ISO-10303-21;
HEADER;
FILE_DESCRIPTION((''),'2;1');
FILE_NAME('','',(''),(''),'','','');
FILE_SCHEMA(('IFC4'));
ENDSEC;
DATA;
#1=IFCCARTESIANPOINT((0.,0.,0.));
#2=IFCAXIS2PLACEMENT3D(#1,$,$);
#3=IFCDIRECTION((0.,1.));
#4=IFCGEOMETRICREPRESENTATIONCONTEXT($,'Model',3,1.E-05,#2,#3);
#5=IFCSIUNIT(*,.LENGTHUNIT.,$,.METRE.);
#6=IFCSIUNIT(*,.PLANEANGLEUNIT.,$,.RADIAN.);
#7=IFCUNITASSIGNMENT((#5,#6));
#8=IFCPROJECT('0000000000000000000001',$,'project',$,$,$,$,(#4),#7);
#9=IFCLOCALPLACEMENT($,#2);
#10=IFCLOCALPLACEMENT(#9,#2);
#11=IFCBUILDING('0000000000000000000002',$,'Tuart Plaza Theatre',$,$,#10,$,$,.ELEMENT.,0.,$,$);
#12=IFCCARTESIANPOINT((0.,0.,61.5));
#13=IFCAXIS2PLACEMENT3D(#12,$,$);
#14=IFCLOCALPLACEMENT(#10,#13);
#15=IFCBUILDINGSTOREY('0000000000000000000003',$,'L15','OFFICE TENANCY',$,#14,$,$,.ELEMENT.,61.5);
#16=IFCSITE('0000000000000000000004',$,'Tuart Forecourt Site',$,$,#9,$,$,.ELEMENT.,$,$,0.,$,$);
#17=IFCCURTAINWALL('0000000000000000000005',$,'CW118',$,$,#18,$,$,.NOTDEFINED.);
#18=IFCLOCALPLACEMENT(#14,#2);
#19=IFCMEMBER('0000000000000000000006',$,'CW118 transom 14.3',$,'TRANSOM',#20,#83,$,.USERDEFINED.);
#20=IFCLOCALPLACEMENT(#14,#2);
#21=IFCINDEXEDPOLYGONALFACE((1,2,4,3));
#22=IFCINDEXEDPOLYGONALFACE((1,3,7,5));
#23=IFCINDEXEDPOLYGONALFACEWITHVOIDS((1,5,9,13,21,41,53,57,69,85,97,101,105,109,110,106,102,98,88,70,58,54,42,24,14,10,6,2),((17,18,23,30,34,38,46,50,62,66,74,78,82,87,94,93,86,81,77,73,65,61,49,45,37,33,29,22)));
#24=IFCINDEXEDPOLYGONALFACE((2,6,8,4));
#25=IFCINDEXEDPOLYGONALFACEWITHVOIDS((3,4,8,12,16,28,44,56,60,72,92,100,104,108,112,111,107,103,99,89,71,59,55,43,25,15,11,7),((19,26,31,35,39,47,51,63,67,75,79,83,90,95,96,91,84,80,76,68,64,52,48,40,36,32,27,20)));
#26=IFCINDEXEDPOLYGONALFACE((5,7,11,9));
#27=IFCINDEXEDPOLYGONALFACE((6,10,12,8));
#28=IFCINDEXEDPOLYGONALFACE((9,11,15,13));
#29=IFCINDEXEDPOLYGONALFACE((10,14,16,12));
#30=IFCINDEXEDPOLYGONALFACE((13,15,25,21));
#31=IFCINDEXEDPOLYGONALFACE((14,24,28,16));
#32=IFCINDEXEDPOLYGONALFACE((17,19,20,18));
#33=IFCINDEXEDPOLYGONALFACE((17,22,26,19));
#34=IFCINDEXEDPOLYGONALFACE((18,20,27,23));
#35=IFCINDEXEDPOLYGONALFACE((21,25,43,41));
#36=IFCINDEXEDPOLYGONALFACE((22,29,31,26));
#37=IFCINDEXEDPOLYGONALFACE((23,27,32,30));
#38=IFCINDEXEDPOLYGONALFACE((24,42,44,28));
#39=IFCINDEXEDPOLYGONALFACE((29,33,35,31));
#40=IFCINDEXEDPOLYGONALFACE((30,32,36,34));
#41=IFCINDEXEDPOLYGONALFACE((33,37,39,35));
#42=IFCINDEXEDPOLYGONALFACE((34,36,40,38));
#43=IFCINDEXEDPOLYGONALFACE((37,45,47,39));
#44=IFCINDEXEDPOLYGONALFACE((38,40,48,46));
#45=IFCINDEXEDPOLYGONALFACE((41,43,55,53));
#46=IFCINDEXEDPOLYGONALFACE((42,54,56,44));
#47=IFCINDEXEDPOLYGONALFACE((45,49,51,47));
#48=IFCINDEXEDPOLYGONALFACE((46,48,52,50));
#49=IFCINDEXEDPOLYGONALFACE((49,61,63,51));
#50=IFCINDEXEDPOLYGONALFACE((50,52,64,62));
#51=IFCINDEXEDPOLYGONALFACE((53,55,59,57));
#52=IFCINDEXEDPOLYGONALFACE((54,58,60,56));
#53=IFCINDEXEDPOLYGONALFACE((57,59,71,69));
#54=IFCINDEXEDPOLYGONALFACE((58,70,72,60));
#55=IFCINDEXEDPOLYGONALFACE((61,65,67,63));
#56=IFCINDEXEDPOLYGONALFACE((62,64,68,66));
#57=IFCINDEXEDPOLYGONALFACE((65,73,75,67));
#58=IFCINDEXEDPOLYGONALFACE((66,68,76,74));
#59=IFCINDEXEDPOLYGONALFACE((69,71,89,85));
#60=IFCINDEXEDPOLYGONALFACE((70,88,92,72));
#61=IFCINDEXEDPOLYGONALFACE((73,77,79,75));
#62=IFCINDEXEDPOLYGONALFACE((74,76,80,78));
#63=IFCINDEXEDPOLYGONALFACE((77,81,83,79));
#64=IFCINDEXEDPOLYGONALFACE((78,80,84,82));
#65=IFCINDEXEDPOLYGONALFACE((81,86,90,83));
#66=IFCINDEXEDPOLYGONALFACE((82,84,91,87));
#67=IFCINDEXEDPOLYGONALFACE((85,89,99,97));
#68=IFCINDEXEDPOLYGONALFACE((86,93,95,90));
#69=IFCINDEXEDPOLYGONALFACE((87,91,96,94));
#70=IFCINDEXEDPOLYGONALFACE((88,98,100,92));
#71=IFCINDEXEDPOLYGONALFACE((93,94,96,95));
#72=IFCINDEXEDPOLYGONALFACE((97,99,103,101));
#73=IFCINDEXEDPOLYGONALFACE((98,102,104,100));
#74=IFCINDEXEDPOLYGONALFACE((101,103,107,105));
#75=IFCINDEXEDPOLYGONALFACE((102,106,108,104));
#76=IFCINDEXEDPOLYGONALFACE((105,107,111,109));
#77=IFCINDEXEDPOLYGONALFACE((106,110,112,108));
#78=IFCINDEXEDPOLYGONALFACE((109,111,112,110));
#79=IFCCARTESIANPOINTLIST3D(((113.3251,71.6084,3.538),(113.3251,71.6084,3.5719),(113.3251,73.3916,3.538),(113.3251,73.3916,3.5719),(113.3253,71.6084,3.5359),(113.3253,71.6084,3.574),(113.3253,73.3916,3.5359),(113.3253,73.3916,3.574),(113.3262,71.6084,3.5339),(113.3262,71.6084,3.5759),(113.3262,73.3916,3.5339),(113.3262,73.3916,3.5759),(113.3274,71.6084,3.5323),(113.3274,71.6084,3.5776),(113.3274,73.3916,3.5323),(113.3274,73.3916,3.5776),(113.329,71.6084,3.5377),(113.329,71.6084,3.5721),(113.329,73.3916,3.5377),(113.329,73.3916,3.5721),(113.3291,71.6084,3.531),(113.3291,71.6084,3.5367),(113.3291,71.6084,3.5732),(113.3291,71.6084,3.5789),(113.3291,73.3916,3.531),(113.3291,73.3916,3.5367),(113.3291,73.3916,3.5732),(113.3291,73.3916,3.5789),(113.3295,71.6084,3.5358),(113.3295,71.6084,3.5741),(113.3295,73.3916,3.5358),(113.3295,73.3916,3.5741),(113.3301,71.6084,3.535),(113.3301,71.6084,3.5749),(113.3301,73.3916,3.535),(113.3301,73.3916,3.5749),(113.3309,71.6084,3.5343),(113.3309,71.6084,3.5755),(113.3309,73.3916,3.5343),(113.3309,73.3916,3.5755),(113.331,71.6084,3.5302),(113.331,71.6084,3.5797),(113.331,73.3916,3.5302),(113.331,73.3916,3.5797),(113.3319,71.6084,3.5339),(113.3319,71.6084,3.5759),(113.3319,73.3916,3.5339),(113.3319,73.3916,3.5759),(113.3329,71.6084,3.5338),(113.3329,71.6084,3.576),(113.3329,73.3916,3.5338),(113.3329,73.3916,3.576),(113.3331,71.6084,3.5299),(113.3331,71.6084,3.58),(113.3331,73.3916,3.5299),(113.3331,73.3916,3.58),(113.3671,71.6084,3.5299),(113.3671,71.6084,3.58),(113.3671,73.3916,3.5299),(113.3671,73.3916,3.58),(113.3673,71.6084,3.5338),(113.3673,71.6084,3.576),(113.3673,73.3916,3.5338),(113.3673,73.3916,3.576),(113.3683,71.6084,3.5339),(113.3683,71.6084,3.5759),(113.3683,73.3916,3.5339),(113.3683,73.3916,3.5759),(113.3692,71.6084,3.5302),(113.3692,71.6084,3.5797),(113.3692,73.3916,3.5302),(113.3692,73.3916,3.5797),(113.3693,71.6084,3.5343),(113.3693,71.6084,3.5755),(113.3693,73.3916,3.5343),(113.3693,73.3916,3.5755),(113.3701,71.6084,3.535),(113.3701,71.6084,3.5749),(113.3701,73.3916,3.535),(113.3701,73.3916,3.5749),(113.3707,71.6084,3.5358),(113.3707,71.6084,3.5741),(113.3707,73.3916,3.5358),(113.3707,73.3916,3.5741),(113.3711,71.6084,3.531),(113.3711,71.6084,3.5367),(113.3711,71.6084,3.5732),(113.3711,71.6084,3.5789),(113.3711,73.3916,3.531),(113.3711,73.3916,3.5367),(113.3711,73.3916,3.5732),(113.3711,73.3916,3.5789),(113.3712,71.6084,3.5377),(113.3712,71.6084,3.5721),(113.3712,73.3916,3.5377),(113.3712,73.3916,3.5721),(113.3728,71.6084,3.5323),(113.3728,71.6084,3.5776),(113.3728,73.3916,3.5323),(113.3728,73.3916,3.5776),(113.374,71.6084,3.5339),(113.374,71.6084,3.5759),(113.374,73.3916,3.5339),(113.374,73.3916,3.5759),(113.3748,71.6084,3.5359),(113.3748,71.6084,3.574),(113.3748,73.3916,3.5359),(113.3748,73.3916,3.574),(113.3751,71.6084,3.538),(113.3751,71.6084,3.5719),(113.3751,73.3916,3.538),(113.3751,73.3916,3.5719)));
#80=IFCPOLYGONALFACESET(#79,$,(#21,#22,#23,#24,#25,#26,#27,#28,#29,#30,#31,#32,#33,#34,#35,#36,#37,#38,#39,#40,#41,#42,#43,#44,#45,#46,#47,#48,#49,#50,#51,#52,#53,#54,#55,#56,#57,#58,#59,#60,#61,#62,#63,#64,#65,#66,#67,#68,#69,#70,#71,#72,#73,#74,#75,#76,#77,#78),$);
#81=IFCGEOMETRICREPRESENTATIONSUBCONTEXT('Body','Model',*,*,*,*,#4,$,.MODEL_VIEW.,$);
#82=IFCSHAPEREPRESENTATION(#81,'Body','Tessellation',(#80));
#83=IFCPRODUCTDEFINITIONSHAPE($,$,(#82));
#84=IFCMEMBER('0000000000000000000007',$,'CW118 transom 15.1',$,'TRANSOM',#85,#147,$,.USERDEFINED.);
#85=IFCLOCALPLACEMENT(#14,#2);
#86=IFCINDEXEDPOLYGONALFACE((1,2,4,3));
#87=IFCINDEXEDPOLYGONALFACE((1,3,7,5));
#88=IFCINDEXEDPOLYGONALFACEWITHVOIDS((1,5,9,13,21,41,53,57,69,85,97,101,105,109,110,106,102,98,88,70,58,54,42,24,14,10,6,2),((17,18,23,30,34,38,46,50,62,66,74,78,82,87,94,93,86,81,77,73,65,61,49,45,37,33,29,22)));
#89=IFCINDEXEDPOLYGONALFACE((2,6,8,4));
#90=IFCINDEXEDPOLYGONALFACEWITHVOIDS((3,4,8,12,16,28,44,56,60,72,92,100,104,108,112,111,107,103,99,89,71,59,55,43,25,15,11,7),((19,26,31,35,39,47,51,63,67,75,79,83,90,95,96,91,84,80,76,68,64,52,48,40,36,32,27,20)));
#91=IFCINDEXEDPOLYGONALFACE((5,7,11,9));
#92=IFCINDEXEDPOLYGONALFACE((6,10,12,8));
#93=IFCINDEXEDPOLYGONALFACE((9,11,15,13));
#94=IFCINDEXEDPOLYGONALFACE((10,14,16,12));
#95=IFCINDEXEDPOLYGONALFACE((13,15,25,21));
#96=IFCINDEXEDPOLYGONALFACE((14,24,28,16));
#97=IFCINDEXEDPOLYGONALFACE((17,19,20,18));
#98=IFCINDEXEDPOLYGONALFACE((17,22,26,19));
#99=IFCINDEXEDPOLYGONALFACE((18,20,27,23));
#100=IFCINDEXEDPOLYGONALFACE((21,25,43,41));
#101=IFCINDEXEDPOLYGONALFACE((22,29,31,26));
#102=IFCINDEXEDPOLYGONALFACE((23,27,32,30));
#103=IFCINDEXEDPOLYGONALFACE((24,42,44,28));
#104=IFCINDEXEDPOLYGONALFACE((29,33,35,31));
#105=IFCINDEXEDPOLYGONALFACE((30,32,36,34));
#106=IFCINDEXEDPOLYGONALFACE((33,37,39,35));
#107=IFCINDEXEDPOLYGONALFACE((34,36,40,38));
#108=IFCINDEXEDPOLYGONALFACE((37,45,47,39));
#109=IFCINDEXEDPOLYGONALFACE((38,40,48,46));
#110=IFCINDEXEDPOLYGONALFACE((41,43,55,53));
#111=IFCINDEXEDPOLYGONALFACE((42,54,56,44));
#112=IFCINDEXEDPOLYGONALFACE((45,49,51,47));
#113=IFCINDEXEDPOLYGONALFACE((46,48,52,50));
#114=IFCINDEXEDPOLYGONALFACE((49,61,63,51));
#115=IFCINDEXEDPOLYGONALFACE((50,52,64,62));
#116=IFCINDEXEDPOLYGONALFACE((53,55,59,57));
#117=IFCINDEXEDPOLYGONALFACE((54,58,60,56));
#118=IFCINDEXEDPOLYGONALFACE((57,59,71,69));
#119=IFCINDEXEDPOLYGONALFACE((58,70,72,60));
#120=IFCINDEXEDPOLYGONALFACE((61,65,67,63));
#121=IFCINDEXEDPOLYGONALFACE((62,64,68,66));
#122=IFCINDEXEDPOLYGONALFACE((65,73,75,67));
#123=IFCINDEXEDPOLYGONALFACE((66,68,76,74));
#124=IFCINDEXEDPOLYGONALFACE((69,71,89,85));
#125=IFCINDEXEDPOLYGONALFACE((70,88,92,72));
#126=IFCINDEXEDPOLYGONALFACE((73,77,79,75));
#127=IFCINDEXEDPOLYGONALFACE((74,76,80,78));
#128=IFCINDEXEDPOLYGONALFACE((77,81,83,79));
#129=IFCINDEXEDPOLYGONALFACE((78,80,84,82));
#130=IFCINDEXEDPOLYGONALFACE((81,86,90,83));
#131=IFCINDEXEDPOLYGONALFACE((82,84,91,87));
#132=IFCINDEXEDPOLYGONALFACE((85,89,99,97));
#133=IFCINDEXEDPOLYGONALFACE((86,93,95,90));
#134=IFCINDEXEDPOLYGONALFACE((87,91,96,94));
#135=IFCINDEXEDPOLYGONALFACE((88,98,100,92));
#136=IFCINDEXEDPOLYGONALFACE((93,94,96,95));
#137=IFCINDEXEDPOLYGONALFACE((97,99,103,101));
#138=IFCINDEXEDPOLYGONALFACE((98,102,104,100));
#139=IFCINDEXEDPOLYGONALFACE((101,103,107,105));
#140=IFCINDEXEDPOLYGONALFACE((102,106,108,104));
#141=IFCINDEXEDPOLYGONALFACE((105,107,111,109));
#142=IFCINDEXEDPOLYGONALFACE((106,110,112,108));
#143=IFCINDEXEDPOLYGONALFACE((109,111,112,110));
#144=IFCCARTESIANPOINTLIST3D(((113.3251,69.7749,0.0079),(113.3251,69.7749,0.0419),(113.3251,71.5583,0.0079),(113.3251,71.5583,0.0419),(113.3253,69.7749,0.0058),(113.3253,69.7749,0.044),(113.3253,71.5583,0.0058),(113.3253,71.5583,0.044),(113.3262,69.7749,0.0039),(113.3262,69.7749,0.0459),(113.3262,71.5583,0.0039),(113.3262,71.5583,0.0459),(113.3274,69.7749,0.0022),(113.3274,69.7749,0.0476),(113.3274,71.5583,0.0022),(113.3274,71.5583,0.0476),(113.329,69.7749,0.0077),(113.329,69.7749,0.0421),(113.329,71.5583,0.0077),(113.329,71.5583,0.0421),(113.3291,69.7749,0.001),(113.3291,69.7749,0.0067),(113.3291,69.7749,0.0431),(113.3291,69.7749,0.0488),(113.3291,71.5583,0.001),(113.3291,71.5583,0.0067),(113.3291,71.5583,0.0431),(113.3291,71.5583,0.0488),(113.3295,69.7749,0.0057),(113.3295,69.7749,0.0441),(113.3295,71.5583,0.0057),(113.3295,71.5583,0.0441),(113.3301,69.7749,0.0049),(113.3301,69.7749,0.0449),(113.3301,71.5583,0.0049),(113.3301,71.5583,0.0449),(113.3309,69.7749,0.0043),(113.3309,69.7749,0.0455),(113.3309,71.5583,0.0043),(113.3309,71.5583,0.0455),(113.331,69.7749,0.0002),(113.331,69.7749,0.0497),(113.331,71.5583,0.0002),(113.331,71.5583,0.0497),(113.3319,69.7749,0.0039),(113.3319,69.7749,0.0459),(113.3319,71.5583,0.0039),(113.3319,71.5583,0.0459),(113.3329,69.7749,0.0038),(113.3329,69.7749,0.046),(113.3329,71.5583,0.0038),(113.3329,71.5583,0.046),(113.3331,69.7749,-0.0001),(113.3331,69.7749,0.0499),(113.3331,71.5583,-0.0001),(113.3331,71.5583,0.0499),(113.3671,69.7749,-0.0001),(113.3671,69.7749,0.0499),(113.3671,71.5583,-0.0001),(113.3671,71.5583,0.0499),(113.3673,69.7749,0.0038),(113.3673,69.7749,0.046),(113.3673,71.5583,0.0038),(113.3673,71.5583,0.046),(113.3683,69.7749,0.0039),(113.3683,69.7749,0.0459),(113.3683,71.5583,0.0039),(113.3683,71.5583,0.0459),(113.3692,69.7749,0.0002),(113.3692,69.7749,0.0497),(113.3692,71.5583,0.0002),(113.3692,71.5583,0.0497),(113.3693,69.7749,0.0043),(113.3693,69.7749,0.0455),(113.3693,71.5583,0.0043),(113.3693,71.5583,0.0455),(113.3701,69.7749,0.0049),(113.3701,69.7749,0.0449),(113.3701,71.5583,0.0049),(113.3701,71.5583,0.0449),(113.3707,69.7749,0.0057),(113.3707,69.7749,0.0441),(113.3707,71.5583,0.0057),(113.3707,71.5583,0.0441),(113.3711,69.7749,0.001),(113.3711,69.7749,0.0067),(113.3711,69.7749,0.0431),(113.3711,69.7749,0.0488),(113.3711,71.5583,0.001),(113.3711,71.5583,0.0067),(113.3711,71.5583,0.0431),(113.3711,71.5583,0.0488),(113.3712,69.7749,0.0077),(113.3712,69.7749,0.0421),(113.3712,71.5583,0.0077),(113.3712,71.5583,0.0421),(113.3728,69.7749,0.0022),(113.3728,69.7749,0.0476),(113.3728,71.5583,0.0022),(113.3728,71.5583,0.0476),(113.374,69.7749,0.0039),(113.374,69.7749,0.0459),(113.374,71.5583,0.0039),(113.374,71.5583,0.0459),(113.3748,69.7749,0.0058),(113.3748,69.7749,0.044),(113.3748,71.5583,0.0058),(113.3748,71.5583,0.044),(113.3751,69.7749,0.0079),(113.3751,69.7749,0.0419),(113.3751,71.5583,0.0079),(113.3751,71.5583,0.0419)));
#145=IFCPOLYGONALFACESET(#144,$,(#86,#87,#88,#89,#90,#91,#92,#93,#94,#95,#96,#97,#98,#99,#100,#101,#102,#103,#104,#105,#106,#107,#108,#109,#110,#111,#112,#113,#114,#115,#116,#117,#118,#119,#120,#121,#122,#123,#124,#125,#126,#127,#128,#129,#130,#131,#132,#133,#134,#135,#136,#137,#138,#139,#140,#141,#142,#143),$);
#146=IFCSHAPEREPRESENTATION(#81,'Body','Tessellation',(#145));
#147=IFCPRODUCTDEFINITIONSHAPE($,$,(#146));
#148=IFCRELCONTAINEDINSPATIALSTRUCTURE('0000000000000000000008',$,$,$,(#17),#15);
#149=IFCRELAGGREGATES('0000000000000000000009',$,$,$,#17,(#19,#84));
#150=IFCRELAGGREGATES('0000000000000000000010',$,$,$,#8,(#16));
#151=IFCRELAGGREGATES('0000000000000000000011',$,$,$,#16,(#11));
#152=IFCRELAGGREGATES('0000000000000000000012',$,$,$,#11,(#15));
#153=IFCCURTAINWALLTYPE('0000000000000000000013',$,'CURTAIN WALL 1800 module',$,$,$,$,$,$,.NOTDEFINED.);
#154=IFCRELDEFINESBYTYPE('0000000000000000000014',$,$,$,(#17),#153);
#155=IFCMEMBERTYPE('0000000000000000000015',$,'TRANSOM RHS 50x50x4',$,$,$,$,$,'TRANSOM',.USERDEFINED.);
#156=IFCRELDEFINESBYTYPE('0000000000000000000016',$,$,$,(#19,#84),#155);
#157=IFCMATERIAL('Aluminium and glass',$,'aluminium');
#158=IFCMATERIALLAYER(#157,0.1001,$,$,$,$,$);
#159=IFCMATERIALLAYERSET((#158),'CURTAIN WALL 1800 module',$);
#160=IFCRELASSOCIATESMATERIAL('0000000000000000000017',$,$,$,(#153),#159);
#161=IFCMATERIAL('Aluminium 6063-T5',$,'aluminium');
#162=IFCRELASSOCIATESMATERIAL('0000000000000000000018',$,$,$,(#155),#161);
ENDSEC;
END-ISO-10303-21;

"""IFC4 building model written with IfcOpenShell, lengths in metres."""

from ifc_helpers import new_model, si_unit, direction, frame, origin, origin_2d, place, context, subcontext, project, spatial, hollow_rectangle, extrude, material, layer, layer_set, material_profile, profile_set, type_object, element, aggregate, save


model = new_model("IFC4")

# Units and contexts
model_context = context("Model", 3, precision=1e-05, world=origin(), true_north=direction((0.0, 1.0)))
body_context = subcontext(model_context, "Body", "Model", "MODEL_VIEW")
ifc_project = project(units=[si_unit("LENGTHUNIT", "METRE"), si_unit("PLANEANGLEUNIT", "RADIAN")], contexts=[model_context])

# Site, building, storey
site_placement = place(None, origin())
site = spatial("IfcSite", under=ifc_project, at=site_placement, Name="Tuart Forecourt Site", CompositionType="ELEMENT", RefElevation=0.0)
building_placement = place(site_placement, origin())
building = spatial("IfcBuilding", under=site, at=building_placement, Name="Tuart Plaza Theatre", CompositionType="ELEMENT", ElevationOfRefHeight=0.0)
storey_placement = place(building_placement, frame((0.0, 0.0, 61.5)))
storey = spatial("IfcBuildingStorey", under=building, at=storey_placement, Name="L15", Description="OFFICE TENANCY", CompositionType="ELEMENT", Elevation=61.5)

# Curtain wall, members
ifc_material_1 = material(Name="Aluminium and glass", Category="aluminium")
ifc_layer_1 = layer(ifc_material_1, 0.1001)
ifc_layer_set_1 = layer_set([ifc_layer_1], Name="CURTAIN WALL 1800 module")
curtain_wall_type = type_object("IfcCurtainWallType", Name="CURTAIN WALL 1800 module", PredefinedType="NOTDEFINED", material=ifc_layer_set_1)
curtain_wall_placement = place(storey_placement, origin())
curtain_wall = element("IfcCurtainWall", 1, at=curtain_wall_placement, inside=storey, type_object=curtain_wall_type, Name="CW118", PredefinedType="NOTDEFINED")
ifc_material_2 = material(Name="Aluminium 6063-T5", Category="aluminium")
ifc_material_profile = material_profile(ifc_material_2, hollow_rectangle(XDim=0.05, YDim=0.05, WallThickness=0.0039, InnerFilletRadius=0.0039, OuterFilletRadius=0.0081, at=origin_2d()), Name="RHS 50x50x4")
ifc_profile_set = profile_set([ifc_material_profile], Name="Aluminium 6063-T5")
member_type = type_object("IfcMemberType", Name="TRANSOM RHS 50x50x4", ElementType="TRANSOM", PredefinedType="USERDEFINED", material=ifc_profile_set)
member_1_placement = place(storey_placement, frame((113.3501, 73.3916, 3.5549), z_axis=(0.0, -1.0, 0.0), x_axis=(1.0, 0.0, 0.0)))
member_1 = element("IfcMember", 2, at=member_1_placement, type_object=member_type, Name="CW118 transom 14.3", ObjectType="TRANSOM", PredefinedType="USERDEFINED", context=body_context, shape_type="SweptSolid", body=[
    extrude(hollow_rectangle(XDim=0.05, YDim=0.05, WallThickness=0.0039, InnerFilletRadius=0.0039, OuterFilletRadius=0.0081, at=origin_2d()), origin(), (0.0, 0.0, 1.0), 1.7832),
])
member_2_placement = place(storey_placement, frame((113.3501, 71.5583, 0.0249), z_axis=(0.0, -1.0, 0.0), x_axis=(1.0, 0.0, 0.0)))
member_2 = element("IfcMember", 3, at=member_2_placement, type_object=member_type, Name="CW118 transom 15.1", ObjectType="TRANSOM", PredefinedType="USERDEFINED", context=body_context, shape_type="SweptSolid", body=[
    extrude(hollow_rectangle(XDim=0.05, YDim=0.05, WallThickness=0.0039, InnerFilletRadius=0.0039, OuterFilletRadius=0.0081, at=origin_2d()), origin(), (0.0, 0.0, 1.0), 1.7834),
])
aggregate(curtain_wall, [member_1, member_2])

save(model, "model.ifc")
